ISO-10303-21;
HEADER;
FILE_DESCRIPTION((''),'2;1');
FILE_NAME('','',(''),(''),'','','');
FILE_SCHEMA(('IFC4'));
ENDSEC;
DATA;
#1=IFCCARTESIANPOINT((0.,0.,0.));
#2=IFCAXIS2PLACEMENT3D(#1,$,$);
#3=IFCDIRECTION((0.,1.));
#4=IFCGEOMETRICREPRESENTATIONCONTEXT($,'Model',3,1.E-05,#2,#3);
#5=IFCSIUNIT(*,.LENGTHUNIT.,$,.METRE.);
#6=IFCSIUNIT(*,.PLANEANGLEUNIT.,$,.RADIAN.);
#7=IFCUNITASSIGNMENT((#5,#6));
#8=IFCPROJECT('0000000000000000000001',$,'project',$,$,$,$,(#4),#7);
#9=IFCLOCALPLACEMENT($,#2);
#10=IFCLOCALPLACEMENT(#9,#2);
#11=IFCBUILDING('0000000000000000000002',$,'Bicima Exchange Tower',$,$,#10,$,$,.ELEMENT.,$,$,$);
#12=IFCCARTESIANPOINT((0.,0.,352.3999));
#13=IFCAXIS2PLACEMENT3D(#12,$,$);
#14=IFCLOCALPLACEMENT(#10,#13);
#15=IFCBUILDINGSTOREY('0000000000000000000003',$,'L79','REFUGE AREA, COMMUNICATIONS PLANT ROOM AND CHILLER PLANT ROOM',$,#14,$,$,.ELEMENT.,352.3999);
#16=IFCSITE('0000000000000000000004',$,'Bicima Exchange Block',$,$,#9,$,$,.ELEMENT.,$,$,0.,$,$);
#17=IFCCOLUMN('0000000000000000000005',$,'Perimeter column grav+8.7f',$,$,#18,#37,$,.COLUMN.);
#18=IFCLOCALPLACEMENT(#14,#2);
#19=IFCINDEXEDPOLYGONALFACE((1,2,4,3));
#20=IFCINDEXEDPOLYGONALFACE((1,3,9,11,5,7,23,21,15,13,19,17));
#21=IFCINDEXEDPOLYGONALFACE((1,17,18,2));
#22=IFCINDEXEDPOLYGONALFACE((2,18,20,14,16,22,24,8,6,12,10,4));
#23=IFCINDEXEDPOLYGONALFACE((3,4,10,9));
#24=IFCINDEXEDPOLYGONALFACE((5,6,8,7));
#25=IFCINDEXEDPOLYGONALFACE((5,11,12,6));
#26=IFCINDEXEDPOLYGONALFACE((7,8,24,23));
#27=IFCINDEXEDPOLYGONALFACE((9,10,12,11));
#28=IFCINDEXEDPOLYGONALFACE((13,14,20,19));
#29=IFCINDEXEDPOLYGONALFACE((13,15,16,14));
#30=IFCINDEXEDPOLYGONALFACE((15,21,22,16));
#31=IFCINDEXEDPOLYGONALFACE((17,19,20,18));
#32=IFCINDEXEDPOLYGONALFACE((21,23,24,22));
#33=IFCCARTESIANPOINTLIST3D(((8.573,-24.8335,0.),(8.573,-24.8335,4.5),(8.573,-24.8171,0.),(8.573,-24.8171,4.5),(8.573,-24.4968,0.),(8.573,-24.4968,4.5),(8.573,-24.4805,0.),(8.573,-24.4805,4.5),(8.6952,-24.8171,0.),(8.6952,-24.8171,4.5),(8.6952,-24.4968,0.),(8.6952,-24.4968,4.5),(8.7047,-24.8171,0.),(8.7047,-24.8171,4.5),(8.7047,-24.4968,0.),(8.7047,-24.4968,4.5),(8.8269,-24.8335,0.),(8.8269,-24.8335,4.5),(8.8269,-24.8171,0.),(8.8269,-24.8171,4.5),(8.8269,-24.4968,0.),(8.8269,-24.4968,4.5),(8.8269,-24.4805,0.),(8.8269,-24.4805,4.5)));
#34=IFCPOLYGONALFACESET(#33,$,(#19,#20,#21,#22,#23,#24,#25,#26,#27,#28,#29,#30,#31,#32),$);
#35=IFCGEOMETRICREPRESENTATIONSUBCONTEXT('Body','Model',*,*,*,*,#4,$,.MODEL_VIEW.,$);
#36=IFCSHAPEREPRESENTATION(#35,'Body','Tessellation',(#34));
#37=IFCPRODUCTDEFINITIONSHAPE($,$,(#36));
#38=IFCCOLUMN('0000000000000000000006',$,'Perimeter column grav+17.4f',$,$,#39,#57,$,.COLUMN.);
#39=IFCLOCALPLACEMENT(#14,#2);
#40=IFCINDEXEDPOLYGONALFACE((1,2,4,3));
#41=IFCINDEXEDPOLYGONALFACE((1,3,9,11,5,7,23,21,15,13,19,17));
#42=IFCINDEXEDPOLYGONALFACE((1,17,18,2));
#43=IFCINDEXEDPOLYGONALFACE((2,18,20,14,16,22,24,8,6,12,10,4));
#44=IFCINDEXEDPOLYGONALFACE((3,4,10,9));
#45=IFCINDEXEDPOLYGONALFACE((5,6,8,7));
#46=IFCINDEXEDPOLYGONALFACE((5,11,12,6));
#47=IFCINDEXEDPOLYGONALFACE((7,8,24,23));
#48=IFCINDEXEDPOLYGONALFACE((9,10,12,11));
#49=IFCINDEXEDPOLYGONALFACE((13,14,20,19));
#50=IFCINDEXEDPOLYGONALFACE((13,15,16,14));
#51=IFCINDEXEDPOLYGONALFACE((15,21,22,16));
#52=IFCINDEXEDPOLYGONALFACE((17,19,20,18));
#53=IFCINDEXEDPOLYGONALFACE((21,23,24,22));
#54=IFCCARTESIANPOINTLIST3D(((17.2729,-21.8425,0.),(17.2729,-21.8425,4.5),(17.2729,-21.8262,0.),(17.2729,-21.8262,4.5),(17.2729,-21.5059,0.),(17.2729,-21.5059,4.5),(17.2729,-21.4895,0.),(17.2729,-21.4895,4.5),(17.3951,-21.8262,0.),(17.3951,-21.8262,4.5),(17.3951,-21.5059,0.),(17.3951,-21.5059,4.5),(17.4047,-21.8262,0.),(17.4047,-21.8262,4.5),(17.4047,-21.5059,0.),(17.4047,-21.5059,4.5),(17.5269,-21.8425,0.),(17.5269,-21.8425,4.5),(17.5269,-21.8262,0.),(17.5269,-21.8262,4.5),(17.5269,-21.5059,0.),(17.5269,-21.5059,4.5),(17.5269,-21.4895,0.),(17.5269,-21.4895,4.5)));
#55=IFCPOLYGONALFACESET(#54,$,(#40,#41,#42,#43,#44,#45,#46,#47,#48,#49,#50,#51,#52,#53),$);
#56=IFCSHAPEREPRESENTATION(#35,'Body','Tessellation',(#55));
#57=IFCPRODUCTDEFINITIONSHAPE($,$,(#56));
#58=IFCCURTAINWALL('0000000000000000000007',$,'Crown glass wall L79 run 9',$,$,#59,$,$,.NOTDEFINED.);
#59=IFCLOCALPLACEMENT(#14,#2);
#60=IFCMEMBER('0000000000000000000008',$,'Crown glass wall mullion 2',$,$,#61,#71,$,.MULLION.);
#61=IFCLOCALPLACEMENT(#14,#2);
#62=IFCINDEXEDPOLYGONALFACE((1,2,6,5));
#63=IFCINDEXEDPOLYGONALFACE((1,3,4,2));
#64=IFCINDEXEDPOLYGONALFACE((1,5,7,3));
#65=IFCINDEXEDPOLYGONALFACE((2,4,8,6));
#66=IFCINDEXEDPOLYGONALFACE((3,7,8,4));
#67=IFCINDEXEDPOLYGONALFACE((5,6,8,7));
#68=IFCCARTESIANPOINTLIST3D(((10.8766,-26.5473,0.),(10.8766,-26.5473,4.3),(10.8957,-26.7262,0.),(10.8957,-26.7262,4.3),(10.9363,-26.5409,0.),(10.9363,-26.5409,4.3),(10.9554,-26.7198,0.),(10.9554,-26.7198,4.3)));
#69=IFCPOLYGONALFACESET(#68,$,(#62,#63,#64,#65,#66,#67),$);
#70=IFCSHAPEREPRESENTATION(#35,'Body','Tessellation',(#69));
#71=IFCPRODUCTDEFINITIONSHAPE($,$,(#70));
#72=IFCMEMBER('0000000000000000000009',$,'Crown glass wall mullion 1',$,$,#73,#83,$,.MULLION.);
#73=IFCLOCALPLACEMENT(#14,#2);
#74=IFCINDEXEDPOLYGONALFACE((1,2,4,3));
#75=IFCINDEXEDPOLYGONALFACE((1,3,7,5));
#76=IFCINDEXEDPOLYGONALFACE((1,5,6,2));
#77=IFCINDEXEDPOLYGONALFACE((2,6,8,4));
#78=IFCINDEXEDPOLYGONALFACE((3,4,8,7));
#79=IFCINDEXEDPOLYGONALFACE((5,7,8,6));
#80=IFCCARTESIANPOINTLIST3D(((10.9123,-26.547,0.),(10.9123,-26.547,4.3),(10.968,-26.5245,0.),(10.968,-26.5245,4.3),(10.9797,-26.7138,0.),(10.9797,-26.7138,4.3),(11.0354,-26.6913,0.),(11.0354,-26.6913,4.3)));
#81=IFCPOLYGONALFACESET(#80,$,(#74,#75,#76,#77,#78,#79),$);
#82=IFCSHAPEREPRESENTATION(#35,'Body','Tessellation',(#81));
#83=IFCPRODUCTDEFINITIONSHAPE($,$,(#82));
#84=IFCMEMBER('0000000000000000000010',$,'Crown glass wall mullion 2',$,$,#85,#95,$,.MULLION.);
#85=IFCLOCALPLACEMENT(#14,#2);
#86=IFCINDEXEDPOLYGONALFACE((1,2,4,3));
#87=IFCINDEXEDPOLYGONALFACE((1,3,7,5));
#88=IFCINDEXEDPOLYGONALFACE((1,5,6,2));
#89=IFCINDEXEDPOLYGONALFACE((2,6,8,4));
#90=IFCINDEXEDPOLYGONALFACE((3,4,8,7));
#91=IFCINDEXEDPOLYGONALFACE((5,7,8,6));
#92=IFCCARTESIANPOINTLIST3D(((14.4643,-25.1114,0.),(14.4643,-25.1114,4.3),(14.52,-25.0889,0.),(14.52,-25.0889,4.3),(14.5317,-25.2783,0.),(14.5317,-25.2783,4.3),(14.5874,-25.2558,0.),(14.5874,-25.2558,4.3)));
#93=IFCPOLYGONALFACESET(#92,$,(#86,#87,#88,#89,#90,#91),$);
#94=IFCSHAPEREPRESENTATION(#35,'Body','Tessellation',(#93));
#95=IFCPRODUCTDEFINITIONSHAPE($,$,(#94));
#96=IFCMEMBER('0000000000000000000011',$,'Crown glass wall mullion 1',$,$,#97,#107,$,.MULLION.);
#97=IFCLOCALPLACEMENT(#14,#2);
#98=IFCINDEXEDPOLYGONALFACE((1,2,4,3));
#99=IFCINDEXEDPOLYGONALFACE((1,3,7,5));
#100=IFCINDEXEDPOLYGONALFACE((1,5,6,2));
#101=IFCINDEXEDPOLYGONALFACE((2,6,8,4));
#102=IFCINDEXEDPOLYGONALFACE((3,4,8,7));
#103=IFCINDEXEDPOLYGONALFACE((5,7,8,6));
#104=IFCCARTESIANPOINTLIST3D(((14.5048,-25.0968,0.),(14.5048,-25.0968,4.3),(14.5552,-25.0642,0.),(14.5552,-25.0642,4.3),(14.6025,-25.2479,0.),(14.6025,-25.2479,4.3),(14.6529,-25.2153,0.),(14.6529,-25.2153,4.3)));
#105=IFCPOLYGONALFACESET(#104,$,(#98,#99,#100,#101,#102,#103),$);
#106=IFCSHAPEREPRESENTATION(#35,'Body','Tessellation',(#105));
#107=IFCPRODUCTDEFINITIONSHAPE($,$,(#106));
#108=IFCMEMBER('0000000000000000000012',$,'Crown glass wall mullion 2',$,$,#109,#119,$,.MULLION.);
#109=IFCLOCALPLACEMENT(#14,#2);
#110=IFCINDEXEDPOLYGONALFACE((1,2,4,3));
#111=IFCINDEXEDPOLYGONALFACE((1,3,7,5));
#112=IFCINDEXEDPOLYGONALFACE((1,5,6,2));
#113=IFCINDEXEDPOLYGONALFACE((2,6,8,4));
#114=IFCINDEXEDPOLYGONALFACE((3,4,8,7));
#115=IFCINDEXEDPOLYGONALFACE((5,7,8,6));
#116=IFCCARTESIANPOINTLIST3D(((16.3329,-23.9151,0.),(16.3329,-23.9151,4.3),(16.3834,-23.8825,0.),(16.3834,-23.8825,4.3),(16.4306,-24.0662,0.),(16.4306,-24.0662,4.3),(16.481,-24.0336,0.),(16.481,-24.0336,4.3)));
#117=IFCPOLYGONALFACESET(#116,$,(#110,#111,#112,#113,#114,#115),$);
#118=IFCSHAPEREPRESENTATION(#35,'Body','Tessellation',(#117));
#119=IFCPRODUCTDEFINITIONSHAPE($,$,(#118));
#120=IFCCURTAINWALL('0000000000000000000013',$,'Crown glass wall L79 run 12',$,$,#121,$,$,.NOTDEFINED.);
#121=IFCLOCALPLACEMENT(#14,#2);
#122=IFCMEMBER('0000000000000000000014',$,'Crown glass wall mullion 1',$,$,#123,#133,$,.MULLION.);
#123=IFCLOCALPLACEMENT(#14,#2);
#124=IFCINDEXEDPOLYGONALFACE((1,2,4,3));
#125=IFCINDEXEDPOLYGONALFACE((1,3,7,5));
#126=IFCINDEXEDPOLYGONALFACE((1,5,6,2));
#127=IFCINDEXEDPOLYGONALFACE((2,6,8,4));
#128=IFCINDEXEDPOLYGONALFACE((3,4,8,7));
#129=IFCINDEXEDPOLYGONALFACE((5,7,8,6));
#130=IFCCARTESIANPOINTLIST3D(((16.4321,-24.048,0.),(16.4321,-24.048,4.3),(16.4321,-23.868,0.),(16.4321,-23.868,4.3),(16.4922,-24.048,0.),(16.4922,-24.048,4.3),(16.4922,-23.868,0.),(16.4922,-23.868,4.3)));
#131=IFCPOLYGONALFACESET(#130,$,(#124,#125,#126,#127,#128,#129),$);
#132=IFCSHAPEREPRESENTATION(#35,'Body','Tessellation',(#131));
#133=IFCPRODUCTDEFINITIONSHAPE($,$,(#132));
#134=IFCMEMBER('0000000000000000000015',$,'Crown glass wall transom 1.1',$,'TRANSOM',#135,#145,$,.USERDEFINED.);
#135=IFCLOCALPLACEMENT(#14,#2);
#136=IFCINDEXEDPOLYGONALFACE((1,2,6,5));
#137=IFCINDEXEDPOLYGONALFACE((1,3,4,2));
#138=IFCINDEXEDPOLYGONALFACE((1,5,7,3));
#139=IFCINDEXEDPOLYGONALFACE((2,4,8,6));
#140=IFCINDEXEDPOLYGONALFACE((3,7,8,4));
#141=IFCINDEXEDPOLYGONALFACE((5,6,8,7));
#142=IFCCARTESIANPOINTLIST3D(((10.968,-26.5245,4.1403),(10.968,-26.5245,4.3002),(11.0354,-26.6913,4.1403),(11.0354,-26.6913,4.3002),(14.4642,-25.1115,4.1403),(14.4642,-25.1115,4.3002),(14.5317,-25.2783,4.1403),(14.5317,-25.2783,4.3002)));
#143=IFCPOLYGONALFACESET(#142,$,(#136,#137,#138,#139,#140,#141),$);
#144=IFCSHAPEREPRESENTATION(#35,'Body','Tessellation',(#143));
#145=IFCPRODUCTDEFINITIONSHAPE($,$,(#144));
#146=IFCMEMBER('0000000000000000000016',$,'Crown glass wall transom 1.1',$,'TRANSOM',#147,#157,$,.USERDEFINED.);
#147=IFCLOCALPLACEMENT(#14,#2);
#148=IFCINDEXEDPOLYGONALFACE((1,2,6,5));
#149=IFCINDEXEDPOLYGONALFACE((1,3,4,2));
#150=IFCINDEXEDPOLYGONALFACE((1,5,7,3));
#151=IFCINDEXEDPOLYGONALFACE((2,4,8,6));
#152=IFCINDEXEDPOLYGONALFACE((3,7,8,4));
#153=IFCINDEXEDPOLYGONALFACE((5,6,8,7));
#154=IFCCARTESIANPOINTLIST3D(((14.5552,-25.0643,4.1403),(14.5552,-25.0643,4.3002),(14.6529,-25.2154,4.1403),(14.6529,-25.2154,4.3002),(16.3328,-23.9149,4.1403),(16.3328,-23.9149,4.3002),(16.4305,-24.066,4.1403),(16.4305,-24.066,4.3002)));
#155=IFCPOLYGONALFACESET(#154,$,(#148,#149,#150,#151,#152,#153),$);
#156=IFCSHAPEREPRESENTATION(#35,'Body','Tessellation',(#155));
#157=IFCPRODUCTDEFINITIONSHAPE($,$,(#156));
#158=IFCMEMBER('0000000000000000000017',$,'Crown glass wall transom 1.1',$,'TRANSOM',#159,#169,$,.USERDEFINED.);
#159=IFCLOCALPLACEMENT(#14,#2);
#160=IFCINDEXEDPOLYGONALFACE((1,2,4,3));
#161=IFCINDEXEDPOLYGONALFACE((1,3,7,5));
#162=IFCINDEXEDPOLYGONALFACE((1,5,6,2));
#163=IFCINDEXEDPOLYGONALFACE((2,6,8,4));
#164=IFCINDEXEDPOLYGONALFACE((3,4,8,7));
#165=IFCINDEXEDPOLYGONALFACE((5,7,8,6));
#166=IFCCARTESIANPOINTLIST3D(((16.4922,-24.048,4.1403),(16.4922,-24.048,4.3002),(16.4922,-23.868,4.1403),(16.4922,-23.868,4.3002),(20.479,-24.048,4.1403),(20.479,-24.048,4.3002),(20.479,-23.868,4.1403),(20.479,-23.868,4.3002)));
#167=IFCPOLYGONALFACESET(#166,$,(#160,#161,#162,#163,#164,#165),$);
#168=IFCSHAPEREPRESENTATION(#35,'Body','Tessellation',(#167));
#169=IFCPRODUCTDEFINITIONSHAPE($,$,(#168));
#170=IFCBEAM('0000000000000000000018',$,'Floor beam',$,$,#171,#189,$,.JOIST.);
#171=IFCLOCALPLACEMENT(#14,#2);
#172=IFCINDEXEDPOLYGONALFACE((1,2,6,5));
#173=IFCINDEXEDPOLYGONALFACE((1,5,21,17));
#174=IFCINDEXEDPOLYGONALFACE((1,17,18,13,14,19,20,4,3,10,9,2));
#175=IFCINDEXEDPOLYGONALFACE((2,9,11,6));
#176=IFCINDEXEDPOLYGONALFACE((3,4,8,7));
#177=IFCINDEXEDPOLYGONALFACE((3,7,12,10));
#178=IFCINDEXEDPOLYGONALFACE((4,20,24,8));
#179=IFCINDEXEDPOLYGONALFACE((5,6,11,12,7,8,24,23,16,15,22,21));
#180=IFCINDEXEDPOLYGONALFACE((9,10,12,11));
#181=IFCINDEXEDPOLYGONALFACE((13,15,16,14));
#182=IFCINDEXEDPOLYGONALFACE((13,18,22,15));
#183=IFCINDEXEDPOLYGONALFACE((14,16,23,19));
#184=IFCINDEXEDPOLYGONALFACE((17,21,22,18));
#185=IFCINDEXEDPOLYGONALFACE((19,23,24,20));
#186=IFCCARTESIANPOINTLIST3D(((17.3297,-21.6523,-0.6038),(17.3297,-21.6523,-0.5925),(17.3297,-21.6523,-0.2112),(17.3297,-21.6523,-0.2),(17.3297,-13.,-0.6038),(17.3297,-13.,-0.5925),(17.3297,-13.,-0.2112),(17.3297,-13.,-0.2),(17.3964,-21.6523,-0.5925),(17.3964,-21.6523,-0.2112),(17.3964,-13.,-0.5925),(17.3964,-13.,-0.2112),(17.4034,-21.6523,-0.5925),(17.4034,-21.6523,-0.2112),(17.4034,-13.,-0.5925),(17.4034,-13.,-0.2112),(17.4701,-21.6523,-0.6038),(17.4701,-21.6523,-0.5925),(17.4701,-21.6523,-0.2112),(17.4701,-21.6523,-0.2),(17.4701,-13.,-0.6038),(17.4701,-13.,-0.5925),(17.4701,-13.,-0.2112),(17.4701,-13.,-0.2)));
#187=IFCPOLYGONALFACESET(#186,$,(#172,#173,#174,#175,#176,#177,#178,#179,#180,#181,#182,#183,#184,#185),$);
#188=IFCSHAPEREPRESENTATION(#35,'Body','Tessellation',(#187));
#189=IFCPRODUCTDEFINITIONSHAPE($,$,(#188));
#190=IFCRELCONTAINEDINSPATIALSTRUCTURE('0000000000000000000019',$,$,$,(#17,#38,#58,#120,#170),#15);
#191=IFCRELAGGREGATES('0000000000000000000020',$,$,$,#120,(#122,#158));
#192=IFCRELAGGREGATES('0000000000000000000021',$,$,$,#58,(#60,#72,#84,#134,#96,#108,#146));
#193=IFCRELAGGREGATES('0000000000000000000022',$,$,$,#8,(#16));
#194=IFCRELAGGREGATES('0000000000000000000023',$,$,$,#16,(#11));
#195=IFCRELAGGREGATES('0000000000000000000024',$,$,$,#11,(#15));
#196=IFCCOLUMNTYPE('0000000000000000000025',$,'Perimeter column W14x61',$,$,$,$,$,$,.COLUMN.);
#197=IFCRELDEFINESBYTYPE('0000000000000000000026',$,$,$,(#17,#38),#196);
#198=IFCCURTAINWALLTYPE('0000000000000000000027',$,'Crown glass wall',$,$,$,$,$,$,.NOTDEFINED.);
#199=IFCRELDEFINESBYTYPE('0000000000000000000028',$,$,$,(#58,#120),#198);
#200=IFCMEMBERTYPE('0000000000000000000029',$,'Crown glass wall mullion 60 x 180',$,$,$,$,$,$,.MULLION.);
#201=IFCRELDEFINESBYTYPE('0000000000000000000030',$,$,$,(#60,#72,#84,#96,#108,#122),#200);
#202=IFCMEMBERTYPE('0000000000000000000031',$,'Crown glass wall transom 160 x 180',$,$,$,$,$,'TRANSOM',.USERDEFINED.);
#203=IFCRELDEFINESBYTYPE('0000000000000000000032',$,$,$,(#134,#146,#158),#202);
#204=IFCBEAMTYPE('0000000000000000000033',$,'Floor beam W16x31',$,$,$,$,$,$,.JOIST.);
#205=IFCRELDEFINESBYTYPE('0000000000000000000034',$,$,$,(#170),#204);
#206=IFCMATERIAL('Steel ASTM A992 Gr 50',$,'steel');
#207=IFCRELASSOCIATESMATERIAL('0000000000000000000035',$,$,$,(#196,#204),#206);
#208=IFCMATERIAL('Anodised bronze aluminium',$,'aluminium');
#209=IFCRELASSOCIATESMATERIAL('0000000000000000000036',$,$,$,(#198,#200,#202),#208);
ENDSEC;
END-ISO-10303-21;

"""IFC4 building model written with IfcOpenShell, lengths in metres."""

from ifc_helpers import new_model, si_unit, direction, frame, origin, origin_2d, place, context, subcontext, project, spatial, rectangle, i_section, extrude, material, material_profile, profile_set, type_object, element, aggregate, save


model = new_model("IFC4")

# Units and contexts
model_context = context("Model", 3, precision=1e-05, world=origin(), true_north=direction((0.0, 1.0)))
body_context = subcontext(model_context, "Body", "Model", "MODEL_VIEW")
ifc_project = project(units=[si_unit("LENGTHUNIT", "METRE"), si_unit("PLANEANGLEUNIT", "RADIAN")], contexts=[model_context])

# Site, building, storey
site_placement = place(None, origin())
site = spatial("IfcSite", under=ifc_project, at=site_placement, Name="Bicima Exchange Block", CompositionType="ELEMENT", RefElevation=0.0)
building_placement = place(site_placement, origin())
building = spatial("IfcBuilding", under=site, at=building_placement, Name="Bicima Exchange Tower", CompositionType="ELEMENT")
storey_placement = place(building_placement, frame((0.0, 0.0, 352.3999)))
storey = spatial("IfcBuildingStorey", under=building, at=storey_placement, Name="L79", Description="REFUGE AREA, COMMUNICATIONS PLANT ROOM AND CHILLER PLANT ROOM", CompositionType="ELEMENT", Elevation=352.3999)

# Columns
ifc_material_1 = material(Name="Steel ASTM A992 Gr 50", Category="steel")
ifc_material_profile_1 = material_profile(ifc_material_1, i_section(OverallWidth=0.2539, OverallDepth=0.353, WebThickness=0.0095, FlangeThickness=0.0164, at=origin_2d()))
ifc_profile_set_1 = profile_set([ifc_material_profile_1], Name="Steel ASTM A992 Gr 50")
column_type = type_object("IfcColumnType", Name="Perimeter column W14x61", PredefinedType="COLUMN", material=ifc_profile_set_1)
for number, where, z_axis, x_axis, name in (
    (1, (8.7, -24.657, 0.0), (0.0, 0.0, 1.0), (1.0, 0.0, 0.0), "Perimeter column grav+8.7f"),
    (2, (17.3999, -21.666, 0.0), (0.0, 0.0, 1.0), (1.0, 0.0, 0.0), "Perimeter column grav+17.4f"),
):
    element("IfcColumn", number, at=place(storey_placement, frame(where, z_axis=z_axis, x_axis=x_axis)), inside=storey, type_object=column_type, Name=name, PredefinedType="COLUMN", context=body_context, shape_type="SweptSolid", body=[
        extrude(i_section(OverallWidth=0.2539, OverallDepth=0.353, WebThickness=0.0095, FlangeThickness=0.0164, at=origin_2d()), origin(), (0.0, 0.0, 1.0), 4.5),
    ])

# Curtain wall, members
ifc_material_2 = material(Name="Anodised bronze aluminium", Category="aluminium")
curtain_wall_type = type_object("IfcCurtainWallType", Name="Crown glass wall", PredefinedType="NOTDEFINED", material=ifc_material_2)
curtain_wall_1_placement = place(storey_placement, origin())
curtain_wall_1 = element("IfcCurtainWall", 3, at=curtain_wall_1_placement, inside=storey, type_object=curtain_wall_type, Name="Crown glass wall L79 run 9", PredefinedType="NOTDEFINED")
ifc_material_profile_2 = material_profile(ifc_material_2, rectangle(XDim=0.1799, YDim=0.0601, at=origin_2d()))
ifc_profile_set_2 = profile_set([ifc_material_profile_2], Name="Anodised bronze aluminium")
member_type_1 = type_object("IfcMemberType", Name="Crown glass wall mullion 60 x 180", PredefinedType="MULLION", material=ifc_profile_set_2)
member_1_placement = place(storey_placement, frame((10.916, -26.6335, 0.0), z_axis=(0.0, 0.0, 1.0), x_axis=(-0.106372, 0.994326, 0.0)))
member_1 = element("IfcMember", 4, at=member_1_placement, type_object=member_type_1, Name="Crown glass wall mullion 2", PredefinedType="MULLION", context=body_context, shape_type="SweptSolid", body=[
    extrude(rectangle(XDim=0.1799, YDim=0.0601, at=origin_2d()), origin(), (0.0, 0.0, 1.0), 4.3),
])
member_2_placement = place(storey_placement, frame((10.9739, -26.6191, 0.0), z_axis=(0.0, 0.0, 1.0), x_axis=(-0.374705, 0.927144, 0.0)))
member_2 = element("IfcMember", 5, at=member_2_placement, type_object=member_type_1, Name="Crown glass wall mullion 1", PredefinedType="MULLION", context=body_context, shape_type="SweptSolid", body=[
    extrude(rectangle(XDim=0.1799, YDim=0.0601, at=origin_2d()), origin(), (0.0, 0.0, 1.0), 4.3),
])
member_3_placement = place(storey_placement, frame((14.5259, -25.1836, 0.0), z_axis=(0.0, 0.0, 1.0), x_axis=(-0.374705, 0.927144, 0.0)))
member_3 = element("IfcMember", 6, at=member_3_placement, type_object=member_type_1, Name="Crown glass wall mullion 2", PredefinedType="MULLION", context=body_context, shape_type="SweptSolid", body=[
    extrude(rectangle(XDim=0.1799, YDim=0.0601, at=origin_2d()), origin(), (0.0, 0.0, 1.0), 4.3),
])
member_4_placement = place(storey_placement, frame((14.5789, -25.156, 0.0), z_axis=(0.0, 0.0, 1.0), x_axis=(-0.542911, 0.83979, 0.0)))
member_4 = element("IfcMember", 7, at=member_4_placement, type_object=member_type_1, Name="Crown glass wall mullion 1", PredefinedType="MULLION", context=body_context, shape_type="SweptSolid", body=[
    extrude(rectangle(XDim=0.1799, YDim=0.0601, at=origin_2d()), origin(), (0.0, 0.0, 1.0), 4.3),
])
member_5_placement = place(storey_placement, frame((16.407, -23.9744, 0.0), z_axis=(0.0, 0.0, 1.0), x_axis=(-0.542911, 0.83979, 0.0)))
member_5 = element("IfcMember", 8, at=member_5_placement, type_object=member_type_1, Name="Crown glass wall mullion 2", PredefinedType="MULLION", context=body_context, shape_type="SweptSolid", body=[
    extrude(rectangle(XDim=0.1799, YDim=0.0601, at=origin_2d()), origin(), (0.0, 0.0, 1.0), 4.3),
])

# Curtain wall, member
curtain_wall_2_placement = place(storey_placement, origin())
curtain_wall_2 = element("IfcCurtainWall", 9, at=curtain_wall_2_placement, inside=storey, type_object=curtain_wall_type, Name="Crown glass wall L79 run 12", PredefinedType="NOTDEFINED")
member_6_placement = place(storey_placement, frame((16.4622, -23.958, 0.0), z_axis=(0.0, 0.0, 1.0), x_axis=(0.0, 1.0, 0.0)))
member_6 = element("IfcMember", 10, at=member_6_placement, type_object=member_type_1, Name="Crown glass wall mullion 1", PredefinedType="MULLION", context=body_context, shape_type="SweptSolid", body=[
    extrude(rectangle(XDim=0.1799, YDim=0.0601, at=origin_2d()), origin(), (0.0, 0.0, 1.0), 4.3),
])

# Members
ifc_material_profile_3 = material_profile(ifc_material_2, rectangle(XDim=0.1799, YDim=0.1599, at=origin_2d()))
ifc_profile_set_3 = profile_set([ifc_material_profile_3], Name="Anodised bronze aluminium")
member_type_2 = type_object("IfcMemberType", Name="Crown glass wall transom 160 x 180", ElementType="TRANSOM", PredefinedType="USERDEFINED", material=ifc_profile_set_3)
member_7_placement = place(storey_placement, frame((11.0017, -26.6079, 4.2202), z_axis=(0.92714, 0.374715, 0.0), x_axis=(-0.374715, 0.92714, 0.0)))
member_7 = element("IfcMember", 11, at=member_7_placement, type_object=member_type_2, Name="Crown glass wall transom 1.1", ObjectType="TRANSOM", PredefinedType="USERDEFINED", context=body_context, shape_type="SweptSolid", body=[
    extrude(rectangle(XDim=0.1799, YDim=0.1599, at=origin_2d()), origin(), (0.0, 0.0, 1.0), 3.771),
])
member_8_placement = place(storey_placement, frame((14.604, -25.1399, 4.2202), z_axis=(0.83974, 0.542988, 0.0), x_axis=(-0.542988, 0.83974, 0.0)))
member_8 = element("IfcMember", 12, at=member_8_placement, type_object=member_type_2, Name="Crown glass wall transom 1.1", ObjectType="TRANSOM", PredefinedType="USERDEFINED", context=body_context, shape_type="SweptSolid", body=[
    extrude(rectangle(XDim=0.1799, YDim=0.1599, at=origin_2d()), origin(), (0.0, 0.0, 1.0), 2.1169),
])
member_9_placement = place(storey_placement, frame((16.4922, -23.958, 4.2202), z_axis=(1.0, 0.0, 0.0), x_axis=(0.0, 1.0, 0.0)))
member_9 = element("IfcMember", 13, at=member_9_placement, type_object=member_type_2, Name="Crown glass wall transom 1.1", ObjectType="TRANSOM", PredefinedType="USERDEFINED", context=body_context, shape_type="SweptSolid", body=[
    extrude(rectangle(XDim=0.1799, YDim=0.1599, at=origin_2d()), origin(), (0.0, 0.0, 1.0), 3.9868),
])
aggregate(curtain_wall_2, [member_6, member_9])

# Beam
ifc_material_profile_4 = material_profile(ifc_material_1, i_section(OverallWidth=0.1404, OverallDepth=0.4038, WebThickness=0.0071, FlangeThickness=0.0112, at=origin_2d()))
ifc_profile_set_4 = profile_set([ifc_material_profile_4], Name="Steel ASTM A992 Gr 50")
beam_type_1 = type_object("IfcBeamType", Name="Floor beam W16x31", PredefinedType="JOIST", material=ifc_profile_set_4)
beam_1_placement = place(storey_placement, frame((17.3999, -13.0, -0.4019), z_axis=(0.0, -1.0, 0.0), x_axis=(1.0, 0.0, 0.0)))
element("IfcBeam", 14, at=beam_1_placement, inside=storey, type_object=beam_type_1, Name="Floor beam", PredefinedType="JOIST", context=body_context, shape_type="SweptSolid", body=[
    extrude(i_section(OverallWidth=0.1404, OverallDepth=0.4038, WebThickness=0.0071, FlangeThickness=0.0112, at=origin_2d()), origin(), (0.0, 0.0, 1.0), 8.6523),
])

aggregate(curtain_wall_1, [member_1, member_2, member_3, member_7, member_4, member_5, member_8])

save(model, "model.ifc")
